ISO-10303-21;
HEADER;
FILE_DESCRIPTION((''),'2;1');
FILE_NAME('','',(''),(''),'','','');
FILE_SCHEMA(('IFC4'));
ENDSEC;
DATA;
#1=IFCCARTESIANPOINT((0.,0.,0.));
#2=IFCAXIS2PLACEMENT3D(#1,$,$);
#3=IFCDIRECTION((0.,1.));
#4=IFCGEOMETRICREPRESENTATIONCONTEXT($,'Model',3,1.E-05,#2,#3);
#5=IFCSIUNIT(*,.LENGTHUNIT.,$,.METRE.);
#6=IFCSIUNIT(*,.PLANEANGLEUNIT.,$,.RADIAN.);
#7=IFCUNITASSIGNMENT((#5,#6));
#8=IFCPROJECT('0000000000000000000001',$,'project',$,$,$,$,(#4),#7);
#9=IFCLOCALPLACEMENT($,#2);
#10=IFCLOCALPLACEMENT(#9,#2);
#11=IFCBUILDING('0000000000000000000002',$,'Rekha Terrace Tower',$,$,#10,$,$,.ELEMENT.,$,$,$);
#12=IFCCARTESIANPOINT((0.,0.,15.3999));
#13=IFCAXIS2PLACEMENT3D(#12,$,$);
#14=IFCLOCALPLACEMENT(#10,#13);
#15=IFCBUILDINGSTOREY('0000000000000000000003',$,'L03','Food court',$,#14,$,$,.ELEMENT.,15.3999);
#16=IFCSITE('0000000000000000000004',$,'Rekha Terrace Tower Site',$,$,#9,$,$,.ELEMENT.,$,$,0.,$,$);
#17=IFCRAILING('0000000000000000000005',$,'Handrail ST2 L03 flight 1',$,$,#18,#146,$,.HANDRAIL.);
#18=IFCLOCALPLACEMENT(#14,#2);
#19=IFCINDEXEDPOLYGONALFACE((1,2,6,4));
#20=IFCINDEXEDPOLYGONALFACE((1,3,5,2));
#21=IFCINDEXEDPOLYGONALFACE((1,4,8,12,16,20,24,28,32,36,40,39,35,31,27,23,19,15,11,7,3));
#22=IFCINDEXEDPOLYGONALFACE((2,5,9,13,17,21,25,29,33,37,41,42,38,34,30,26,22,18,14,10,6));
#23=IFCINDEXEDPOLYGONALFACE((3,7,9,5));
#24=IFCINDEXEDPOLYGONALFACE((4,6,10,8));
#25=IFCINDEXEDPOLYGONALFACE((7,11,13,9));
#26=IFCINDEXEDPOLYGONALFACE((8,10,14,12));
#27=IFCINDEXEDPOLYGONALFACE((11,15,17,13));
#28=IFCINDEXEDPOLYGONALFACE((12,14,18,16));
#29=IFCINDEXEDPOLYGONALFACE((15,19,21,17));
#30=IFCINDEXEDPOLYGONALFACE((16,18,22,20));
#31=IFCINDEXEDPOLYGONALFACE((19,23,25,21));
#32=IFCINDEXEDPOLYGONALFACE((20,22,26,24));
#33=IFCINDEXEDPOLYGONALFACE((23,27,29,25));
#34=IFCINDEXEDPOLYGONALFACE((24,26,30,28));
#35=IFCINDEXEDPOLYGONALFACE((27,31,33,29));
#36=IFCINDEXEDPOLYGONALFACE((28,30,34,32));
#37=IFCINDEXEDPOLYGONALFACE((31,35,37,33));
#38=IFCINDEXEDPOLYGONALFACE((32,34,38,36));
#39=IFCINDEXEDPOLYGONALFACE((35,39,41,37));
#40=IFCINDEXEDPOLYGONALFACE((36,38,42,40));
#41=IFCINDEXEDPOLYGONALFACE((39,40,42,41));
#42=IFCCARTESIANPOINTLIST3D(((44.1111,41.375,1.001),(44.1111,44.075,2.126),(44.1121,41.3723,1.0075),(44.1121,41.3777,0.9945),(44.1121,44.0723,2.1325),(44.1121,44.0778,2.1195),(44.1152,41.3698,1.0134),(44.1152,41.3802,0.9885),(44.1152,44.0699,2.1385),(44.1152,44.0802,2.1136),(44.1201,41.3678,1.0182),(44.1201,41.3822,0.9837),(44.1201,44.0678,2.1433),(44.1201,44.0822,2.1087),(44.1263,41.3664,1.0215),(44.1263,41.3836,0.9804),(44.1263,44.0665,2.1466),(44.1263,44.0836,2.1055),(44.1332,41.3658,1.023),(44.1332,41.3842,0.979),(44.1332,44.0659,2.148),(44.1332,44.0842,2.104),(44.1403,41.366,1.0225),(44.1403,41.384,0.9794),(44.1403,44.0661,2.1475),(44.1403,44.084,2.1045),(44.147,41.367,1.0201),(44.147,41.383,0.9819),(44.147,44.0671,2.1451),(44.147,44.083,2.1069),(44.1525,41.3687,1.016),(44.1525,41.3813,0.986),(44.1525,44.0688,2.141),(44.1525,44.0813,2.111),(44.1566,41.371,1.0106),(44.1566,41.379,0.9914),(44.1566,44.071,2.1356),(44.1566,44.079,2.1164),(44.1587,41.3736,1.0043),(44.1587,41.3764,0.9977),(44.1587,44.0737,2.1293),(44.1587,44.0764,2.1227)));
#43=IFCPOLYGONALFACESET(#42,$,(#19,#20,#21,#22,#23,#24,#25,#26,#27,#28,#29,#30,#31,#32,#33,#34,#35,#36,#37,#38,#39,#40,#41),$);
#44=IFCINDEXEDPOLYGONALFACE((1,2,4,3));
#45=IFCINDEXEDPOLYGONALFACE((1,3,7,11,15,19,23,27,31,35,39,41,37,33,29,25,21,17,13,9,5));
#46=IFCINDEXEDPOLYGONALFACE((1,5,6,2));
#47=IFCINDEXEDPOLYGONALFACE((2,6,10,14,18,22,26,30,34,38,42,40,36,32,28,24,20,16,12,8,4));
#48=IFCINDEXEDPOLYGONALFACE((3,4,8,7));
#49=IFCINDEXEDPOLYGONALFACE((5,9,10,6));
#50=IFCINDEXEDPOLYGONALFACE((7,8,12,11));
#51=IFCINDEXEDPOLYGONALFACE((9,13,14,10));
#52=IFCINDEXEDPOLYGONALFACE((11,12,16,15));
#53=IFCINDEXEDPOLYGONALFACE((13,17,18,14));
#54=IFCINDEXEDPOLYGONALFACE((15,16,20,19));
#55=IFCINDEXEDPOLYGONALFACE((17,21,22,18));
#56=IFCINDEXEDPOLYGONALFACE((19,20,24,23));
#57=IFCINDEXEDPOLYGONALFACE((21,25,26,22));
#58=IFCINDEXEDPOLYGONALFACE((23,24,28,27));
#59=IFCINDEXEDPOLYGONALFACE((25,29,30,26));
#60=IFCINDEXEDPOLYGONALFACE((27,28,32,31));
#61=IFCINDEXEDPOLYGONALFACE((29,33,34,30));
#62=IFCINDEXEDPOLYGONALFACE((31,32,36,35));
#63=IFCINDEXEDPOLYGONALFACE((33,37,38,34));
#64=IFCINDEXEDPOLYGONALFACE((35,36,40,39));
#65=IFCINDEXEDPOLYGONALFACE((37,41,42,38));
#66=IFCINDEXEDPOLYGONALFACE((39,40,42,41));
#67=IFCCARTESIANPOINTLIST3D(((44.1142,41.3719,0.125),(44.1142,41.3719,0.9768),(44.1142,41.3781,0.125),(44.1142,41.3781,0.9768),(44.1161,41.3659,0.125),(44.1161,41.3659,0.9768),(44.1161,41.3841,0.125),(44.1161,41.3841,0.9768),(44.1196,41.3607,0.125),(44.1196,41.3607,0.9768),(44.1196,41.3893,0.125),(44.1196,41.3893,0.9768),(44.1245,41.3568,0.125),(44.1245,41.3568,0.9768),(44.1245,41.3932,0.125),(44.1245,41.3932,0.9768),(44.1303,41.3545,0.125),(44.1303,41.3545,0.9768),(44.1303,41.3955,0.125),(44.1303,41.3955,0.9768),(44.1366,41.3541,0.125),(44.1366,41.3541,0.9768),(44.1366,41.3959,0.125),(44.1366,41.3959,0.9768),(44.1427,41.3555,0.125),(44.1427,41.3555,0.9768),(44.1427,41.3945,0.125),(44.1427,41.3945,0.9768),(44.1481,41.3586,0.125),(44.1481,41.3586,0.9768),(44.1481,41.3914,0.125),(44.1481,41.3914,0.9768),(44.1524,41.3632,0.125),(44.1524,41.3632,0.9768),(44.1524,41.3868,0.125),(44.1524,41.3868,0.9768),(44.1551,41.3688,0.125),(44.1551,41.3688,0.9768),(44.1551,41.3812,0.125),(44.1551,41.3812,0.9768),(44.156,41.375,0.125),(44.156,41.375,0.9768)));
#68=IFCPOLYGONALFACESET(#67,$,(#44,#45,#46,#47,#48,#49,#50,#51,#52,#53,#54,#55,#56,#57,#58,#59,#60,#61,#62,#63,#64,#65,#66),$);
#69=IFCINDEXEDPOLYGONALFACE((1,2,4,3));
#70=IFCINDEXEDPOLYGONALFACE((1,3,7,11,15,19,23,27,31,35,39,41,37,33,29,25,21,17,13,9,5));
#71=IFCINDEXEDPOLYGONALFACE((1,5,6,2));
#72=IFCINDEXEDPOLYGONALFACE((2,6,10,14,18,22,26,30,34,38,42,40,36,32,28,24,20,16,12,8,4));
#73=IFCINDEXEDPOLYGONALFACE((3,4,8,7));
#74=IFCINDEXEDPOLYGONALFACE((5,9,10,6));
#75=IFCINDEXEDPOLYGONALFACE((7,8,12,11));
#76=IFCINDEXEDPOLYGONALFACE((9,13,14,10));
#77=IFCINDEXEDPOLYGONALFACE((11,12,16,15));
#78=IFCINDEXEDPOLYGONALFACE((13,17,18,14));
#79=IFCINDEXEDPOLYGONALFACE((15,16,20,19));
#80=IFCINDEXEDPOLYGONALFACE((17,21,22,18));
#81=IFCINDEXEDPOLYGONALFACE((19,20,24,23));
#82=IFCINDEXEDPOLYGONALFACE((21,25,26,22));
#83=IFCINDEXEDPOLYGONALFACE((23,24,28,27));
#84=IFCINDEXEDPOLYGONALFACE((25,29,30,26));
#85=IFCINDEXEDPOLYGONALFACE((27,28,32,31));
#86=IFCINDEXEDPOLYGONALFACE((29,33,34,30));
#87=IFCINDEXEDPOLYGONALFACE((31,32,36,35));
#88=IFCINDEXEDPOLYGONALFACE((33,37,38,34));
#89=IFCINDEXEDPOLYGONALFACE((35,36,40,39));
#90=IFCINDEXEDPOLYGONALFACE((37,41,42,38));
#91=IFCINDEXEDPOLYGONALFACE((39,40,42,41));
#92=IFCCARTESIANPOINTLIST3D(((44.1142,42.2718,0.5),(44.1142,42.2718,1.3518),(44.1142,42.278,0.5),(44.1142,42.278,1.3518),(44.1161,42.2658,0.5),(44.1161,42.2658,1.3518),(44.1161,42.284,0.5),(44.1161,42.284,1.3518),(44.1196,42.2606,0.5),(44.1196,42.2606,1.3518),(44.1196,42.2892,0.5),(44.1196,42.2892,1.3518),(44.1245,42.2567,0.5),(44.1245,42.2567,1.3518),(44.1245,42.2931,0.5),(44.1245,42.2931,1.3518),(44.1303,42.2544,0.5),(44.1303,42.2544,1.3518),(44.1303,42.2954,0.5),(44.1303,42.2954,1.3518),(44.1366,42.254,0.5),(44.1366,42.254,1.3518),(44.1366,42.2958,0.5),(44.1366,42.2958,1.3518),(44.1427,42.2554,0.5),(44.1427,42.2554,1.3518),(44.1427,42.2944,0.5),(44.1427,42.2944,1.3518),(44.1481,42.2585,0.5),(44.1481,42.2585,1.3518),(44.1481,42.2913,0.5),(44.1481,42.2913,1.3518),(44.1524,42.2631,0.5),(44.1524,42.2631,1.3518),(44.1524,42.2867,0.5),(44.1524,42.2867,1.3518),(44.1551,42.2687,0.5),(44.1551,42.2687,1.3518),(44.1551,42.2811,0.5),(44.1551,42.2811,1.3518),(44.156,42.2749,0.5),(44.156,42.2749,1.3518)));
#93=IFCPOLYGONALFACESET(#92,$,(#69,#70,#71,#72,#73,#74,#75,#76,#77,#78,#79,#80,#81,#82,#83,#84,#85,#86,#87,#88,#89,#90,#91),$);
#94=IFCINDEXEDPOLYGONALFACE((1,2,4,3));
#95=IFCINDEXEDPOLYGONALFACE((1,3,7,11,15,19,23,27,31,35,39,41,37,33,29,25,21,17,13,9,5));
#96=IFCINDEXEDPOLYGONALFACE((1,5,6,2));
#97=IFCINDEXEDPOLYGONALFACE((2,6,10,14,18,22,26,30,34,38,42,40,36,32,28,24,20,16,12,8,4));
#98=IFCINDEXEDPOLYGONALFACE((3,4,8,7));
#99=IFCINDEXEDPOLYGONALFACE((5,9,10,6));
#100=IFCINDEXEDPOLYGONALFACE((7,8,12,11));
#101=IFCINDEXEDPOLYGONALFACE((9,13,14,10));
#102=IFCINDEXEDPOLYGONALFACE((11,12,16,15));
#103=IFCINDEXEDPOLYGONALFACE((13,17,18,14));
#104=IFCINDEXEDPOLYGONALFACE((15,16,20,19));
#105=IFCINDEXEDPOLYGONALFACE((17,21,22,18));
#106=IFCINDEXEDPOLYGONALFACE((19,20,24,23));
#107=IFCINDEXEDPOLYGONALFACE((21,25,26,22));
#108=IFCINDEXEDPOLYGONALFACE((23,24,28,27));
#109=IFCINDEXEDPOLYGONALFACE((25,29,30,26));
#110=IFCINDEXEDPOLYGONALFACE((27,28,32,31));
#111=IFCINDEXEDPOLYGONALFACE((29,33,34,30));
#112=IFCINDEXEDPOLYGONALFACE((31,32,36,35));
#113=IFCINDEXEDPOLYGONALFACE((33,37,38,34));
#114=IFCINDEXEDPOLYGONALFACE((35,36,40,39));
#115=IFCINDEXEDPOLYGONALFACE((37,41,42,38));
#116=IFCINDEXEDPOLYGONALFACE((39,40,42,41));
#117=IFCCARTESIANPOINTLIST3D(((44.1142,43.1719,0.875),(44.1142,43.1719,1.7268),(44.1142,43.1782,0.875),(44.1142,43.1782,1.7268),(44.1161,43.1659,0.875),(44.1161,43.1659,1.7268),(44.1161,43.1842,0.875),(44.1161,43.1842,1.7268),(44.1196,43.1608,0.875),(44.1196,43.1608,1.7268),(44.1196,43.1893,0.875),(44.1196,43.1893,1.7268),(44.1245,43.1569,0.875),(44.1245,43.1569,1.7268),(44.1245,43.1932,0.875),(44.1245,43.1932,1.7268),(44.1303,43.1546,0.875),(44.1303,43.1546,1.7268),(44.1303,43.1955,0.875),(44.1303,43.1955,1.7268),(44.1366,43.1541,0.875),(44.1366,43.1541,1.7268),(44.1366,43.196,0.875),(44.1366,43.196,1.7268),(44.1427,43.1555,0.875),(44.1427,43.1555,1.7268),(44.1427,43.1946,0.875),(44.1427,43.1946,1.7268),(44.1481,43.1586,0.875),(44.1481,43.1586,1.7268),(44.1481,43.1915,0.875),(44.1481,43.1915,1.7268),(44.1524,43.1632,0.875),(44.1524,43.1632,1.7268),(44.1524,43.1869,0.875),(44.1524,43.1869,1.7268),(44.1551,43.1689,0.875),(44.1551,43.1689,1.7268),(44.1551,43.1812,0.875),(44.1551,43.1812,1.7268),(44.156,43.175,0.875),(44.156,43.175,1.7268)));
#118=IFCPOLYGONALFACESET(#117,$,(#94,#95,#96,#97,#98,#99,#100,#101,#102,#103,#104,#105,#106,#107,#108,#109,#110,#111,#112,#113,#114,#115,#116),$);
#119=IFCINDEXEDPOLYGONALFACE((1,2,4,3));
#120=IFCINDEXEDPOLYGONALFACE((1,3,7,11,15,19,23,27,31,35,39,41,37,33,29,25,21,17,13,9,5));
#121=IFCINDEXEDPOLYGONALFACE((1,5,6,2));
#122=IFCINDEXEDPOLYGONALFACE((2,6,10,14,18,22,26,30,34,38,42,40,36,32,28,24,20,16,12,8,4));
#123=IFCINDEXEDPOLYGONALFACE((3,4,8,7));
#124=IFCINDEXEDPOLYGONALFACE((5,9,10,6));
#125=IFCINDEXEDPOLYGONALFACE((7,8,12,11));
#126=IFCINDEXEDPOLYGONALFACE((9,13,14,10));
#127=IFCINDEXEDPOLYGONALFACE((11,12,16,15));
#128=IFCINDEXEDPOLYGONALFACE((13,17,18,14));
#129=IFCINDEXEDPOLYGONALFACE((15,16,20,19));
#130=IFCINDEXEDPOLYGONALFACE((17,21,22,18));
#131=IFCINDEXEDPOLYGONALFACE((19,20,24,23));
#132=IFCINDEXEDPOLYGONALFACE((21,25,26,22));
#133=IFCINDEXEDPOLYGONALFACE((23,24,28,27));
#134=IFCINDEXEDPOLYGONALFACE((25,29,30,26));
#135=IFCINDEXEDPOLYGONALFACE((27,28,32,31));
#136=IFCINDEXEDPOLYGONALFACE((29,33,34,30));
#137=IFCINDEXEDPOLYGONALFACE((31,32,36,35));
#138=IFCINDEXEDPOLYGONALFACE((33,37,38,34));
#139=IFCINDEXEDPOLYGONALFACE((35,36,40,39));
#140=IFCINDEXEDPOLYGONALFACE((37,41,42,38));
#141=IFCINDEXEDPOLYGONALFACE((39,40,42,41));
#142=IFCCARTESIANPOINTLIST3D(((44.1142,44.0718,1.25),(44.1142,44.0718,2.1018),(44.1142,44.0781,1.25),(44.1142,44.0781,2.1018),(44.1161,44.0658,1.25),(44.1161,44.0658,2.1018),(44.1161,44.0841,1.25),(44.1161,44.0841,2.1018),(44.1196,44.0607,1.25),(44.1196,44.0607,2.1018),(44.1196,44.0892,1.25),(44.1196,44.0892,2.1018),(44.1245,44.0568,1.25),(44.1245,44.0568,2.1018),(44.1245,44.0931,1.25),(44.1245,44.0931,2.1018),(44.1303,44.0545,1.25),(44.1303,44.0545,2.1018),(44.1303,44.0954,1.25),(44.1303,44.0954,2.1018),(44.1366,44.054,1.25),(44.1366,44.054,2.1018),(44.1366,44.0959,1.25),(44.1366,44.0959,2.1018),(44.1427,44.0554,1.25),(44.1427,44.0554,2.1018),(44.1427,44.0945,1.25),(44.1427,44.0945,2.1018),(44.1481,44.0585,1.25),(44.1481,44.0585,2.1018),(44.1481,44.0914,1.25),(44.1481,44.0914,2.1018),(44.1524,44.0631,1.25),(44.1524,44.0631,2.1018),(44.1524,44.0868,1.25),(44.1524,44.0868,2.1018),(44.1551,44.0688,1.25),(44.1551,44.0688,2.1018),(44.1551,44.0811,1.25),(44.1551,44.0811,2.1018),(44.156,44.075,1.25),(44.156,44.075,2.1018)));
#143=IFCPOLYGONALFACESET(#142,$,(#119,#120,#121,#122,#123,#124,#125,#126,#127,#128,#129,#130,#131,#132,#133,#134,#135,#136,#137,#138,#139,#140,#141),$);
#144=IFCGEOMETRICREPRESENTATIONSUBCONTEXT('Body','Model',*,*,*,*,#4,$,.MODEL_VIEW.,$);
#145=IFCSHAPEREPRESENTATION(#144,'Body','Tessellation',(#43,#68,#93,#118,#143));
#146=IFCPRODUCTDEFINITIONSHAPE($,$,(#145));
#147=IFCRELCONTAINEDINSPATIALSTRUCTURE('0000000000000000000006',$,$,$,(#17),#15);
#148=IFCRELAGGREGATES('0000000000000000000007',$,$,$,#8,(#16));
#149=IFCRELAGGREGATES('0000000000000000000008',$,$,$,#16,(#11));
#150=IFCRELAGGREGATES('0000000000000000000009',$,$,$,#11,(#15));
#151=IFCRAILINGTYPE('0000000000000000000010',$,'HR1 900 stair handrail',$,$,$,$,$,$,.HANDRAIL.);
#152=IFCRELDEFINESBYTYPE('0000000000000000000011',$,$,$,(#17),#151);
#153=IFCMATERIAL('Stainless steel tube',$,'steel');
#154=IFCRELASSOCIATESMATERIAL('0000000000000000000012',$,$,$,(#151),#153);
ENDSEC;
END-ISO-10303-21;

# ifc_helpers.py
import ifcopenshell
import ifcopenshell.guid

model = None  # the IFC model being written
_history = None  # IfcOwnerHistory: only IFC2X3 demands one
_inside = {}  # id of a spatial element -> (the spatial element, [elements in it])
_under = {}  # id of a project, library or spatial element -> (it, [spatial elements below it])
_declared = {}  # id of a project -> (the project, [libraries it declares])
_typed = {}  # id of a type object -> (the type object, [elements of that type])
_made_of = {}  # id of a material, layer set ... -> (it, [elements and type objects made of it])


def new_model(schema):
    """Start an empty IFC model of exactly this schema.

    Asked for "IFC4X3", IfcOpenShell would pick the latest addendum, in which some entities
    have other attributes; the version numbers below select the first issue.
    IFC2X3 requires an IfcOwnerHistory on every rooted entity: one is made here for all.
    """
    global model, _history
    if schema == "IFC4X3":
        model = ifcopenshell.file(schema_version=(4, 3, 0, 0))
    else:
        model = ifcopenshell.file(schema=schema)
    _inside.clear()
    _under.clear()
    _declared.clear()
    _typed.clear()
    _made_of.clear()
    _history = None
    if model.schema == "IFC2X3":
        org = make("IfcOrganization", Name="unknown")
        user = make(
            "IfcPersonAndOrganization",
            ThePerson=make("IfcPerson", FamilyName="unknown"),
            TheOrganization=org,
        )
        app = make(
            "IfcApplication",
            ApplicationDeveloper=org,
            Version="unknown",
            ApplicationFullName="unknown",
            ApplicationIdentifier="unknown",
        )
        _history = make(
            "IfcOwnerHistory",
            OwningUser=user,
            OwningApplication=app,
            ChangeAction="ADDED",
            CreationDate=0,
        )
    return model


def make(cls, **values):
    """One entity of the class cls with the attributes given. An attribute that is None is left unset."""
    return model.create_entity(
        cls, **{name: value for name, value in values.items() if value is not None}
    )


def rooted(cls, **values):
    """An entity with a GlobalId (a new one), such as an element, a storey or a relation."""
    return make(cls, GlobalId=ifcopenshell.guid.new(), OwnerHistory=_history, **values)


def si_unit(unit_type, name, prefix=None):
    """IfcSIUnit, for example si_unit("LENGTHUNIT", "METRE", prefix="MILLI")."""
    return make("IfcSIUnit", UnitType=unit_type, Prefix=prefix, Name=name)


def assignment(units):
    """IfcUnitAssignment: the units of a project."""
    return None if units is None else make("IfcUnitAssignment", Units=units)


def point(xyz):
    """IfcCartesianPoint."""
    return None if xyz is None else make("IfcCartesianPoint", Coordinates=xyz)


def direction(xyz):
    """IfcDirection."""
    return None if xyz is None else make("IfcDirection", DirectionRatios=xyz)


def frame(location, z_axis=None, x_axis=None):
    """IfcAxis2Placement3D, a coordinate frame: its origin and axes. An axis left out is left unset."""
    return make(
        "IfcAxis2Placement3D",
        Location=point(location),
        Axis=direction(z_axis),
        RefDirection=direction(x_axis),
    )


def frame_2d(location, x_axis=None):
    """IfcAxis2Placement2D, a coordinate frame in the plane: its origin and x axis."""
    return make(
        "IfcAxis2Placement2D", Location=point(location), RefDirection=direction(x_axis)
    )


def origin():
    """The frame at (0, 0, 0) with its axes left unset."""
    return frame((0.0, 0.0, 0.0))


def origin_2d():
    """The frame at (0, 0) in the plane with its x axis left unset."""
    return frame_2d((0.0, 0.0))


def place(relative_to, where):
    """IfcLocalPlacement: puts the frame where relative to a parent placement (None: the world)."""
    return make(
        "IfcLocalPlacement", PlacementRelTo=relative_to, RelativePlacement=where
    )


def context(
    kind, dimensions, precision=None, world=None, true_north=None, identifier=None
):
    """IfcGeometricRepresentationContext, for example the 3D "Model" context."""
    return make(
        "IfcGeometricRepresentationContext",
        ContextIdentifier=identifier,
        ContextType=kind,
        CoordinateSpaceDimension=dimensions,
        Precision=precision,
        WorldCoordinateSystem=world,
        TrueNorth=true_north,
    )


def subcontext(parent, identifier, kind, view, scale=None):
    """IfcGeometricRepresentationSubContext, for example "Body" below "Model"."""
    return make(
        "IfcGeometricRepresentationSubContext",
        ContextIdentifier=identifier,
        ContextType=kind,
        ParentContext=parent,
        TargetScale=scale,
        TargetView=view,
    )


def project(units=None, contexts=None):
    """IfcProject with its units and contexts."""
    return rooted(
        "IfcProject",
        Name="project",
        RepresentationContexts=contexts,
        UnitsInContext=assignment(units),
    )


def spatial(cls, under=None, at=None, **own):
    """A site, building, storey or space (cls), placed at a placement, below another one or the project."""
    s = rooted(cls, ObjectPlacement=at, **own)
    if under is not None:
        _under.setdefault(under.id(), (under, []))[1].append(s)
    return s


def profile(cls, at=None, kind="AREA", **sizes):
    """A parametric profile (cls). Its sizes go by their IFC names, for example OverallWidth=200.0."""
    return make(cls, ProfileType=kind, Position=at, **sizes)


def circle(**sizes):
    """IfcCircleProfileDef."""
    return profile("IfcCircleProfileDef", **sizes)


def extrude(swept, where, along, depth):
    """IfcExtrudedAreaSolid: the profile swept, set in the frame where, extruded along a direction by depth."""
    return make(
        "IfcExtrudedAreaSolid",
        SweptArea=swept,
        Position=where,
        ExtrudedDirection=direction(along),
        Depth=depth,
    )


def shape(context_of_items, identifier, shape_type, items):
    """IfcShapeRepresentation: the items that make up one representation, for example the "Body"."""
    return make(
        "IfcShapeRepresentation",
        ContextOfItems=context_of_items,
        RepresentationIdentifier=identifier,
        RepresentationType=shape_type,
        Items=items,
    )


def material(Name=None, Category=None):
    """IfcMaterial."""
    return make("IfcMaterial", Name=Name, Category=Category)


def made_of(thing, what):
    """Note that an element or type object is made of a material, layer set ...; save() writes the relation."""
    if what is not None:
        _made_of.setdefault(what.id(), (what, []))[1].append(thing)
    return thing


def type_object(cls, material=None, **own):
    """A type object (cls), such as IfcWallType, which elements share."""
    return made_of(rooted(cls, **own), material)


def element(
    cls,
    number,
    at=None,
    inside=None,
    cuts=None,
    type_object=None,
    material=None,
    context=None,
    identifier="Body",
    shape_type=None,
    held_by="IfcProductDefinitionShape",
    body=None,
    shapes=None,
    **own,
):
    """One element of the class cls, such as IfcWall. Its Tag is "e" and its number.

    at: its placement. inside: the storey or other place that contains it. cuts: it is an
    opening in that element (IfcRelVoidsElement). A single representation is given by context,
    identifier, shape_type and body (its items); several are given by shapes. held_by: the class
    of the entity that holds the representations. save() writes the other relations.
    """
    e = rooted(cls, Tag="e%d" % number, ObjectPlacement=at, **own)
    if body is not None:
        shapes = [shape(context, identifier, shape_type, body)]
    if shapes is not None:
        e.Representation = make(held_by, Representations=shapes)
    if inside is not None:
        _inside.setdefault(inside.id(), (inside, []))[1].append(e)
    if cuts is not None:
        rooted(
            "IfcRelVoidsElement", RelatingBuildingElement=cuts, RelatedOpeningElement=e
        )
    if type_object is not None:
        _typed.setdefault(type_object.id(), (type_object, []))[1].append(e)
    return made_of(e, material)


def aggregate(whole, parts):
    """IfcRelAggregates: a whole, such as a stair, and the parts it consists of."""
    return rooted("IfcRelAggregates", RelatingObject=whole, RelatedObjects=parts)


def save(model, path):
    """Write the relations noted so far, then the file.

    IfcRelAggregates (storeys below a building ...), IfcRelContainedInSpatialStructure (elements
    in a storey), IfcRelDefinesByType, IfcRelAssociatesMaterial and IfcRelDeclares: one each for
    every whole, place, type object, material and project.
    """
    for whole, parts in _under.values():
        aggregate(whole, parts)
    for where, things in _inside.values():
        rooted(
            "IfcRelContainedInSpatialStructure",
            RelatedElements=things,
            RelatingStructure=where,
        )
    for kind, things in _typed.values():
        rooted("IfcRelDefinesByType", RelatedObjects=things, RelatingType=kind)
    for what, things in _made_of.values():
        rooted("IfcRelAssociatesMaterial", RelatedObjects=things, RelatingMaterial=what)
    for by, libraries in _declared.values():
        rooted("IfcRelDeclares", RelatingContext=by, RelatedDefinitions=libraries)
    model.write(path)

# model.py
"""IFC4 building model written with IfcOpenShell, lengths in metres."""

from ifc_helpers import new_model, si_unit, direction, frame, origin, origin_2d, place, context, subcontext, project, spatial, circle, extrude, material, type_object, element, save


model = new_model("IFC4")

# Units and contexts
model_context = context("Model", 3, precision=1e-05, world=origin(), true_north=direction((0.0, 1.0)))
body_context = subcontext(model_context, "Body", "Model", "MODEL_VIEW")
ifc_project = project(units=[si_unit("LENGTHUNIT", "METRE"), si_unit("PLANEANGLEUNIT", "RADIAN")], contexts=[model_context])

# Site, building, storey
site_placement = place(None, origin())
site = spatial("IfcSite", under=ifc_project, at=site_placement, Name="Rekha Terrace Tower Site", CompositionType="ELEMENT", RefElevation=0.0)
building_placement = place(site_placement, origin())
building = spatial("IfcBuilding", under=site, at=building_placement, Name="Rekha Terrace Tower", CompositionType="ELEMENT")
storey_placement = place(building_placement, frame((0.0, 0.0, 15.3999)))
storey = spatial("IfcBuildingStorey", under=building, at=storey_placement, Name="L03", Description="Food court", CompositionType="ELEMENT", Elevation=15.3999)

# Railing
ifc_material_1 = material(Name="Stainless steel tube", Category="steel")
railing_type_1 = type_object("IfcRailingType", Name="HR1 900 stair handrail", PredefinedType="HANDRAIL", material=ifc_material_1)
railing_1_placement = place(storey_placement, frame((44.135, 41.375, 0.125)))
element("IfcRailing", 1, at=railing_1_placement, inside=storey, type_object=railing_type_1, Name="Handrail ST2 L03 flight 1", PredefinedType="HANDRAIL", context=body_context, shape_type="SweptSolid", body=[
    extrude(circle(Radius=0.0239, at=origin_2d()), frame((0.0, 0.0, 0.876), z_axis=(0.0, 0.923074, 0.384621), x_axis=(-1.0, 0.0, 0.0)), (0.0, 0.0, 1.0), 2.925),
    extrude(circle(Radius=0.021, at=origin_2d()), origin(), (0.0, 0.0, 1.0), 0.8518),
    extrude(circle(Radius=0.021, at=origin_2d()), frame((0.0, 0.8999, 0.375)), (0.0, 0.0, 1.0), 0.8518),
    extrude(circle(Radius=0.021, at=origin_2d()), frame((0.0, 1.8, 0.75)), (0.0, 0.0, 1.0), 0.8518),
    extrude(circle(Radius=0.021, at=origin_2d()), frame((0.0, 2.7, 1.125)), (0.0, 0.0, 1.0), 0.8518),
])

save(model, "model.ifc")
